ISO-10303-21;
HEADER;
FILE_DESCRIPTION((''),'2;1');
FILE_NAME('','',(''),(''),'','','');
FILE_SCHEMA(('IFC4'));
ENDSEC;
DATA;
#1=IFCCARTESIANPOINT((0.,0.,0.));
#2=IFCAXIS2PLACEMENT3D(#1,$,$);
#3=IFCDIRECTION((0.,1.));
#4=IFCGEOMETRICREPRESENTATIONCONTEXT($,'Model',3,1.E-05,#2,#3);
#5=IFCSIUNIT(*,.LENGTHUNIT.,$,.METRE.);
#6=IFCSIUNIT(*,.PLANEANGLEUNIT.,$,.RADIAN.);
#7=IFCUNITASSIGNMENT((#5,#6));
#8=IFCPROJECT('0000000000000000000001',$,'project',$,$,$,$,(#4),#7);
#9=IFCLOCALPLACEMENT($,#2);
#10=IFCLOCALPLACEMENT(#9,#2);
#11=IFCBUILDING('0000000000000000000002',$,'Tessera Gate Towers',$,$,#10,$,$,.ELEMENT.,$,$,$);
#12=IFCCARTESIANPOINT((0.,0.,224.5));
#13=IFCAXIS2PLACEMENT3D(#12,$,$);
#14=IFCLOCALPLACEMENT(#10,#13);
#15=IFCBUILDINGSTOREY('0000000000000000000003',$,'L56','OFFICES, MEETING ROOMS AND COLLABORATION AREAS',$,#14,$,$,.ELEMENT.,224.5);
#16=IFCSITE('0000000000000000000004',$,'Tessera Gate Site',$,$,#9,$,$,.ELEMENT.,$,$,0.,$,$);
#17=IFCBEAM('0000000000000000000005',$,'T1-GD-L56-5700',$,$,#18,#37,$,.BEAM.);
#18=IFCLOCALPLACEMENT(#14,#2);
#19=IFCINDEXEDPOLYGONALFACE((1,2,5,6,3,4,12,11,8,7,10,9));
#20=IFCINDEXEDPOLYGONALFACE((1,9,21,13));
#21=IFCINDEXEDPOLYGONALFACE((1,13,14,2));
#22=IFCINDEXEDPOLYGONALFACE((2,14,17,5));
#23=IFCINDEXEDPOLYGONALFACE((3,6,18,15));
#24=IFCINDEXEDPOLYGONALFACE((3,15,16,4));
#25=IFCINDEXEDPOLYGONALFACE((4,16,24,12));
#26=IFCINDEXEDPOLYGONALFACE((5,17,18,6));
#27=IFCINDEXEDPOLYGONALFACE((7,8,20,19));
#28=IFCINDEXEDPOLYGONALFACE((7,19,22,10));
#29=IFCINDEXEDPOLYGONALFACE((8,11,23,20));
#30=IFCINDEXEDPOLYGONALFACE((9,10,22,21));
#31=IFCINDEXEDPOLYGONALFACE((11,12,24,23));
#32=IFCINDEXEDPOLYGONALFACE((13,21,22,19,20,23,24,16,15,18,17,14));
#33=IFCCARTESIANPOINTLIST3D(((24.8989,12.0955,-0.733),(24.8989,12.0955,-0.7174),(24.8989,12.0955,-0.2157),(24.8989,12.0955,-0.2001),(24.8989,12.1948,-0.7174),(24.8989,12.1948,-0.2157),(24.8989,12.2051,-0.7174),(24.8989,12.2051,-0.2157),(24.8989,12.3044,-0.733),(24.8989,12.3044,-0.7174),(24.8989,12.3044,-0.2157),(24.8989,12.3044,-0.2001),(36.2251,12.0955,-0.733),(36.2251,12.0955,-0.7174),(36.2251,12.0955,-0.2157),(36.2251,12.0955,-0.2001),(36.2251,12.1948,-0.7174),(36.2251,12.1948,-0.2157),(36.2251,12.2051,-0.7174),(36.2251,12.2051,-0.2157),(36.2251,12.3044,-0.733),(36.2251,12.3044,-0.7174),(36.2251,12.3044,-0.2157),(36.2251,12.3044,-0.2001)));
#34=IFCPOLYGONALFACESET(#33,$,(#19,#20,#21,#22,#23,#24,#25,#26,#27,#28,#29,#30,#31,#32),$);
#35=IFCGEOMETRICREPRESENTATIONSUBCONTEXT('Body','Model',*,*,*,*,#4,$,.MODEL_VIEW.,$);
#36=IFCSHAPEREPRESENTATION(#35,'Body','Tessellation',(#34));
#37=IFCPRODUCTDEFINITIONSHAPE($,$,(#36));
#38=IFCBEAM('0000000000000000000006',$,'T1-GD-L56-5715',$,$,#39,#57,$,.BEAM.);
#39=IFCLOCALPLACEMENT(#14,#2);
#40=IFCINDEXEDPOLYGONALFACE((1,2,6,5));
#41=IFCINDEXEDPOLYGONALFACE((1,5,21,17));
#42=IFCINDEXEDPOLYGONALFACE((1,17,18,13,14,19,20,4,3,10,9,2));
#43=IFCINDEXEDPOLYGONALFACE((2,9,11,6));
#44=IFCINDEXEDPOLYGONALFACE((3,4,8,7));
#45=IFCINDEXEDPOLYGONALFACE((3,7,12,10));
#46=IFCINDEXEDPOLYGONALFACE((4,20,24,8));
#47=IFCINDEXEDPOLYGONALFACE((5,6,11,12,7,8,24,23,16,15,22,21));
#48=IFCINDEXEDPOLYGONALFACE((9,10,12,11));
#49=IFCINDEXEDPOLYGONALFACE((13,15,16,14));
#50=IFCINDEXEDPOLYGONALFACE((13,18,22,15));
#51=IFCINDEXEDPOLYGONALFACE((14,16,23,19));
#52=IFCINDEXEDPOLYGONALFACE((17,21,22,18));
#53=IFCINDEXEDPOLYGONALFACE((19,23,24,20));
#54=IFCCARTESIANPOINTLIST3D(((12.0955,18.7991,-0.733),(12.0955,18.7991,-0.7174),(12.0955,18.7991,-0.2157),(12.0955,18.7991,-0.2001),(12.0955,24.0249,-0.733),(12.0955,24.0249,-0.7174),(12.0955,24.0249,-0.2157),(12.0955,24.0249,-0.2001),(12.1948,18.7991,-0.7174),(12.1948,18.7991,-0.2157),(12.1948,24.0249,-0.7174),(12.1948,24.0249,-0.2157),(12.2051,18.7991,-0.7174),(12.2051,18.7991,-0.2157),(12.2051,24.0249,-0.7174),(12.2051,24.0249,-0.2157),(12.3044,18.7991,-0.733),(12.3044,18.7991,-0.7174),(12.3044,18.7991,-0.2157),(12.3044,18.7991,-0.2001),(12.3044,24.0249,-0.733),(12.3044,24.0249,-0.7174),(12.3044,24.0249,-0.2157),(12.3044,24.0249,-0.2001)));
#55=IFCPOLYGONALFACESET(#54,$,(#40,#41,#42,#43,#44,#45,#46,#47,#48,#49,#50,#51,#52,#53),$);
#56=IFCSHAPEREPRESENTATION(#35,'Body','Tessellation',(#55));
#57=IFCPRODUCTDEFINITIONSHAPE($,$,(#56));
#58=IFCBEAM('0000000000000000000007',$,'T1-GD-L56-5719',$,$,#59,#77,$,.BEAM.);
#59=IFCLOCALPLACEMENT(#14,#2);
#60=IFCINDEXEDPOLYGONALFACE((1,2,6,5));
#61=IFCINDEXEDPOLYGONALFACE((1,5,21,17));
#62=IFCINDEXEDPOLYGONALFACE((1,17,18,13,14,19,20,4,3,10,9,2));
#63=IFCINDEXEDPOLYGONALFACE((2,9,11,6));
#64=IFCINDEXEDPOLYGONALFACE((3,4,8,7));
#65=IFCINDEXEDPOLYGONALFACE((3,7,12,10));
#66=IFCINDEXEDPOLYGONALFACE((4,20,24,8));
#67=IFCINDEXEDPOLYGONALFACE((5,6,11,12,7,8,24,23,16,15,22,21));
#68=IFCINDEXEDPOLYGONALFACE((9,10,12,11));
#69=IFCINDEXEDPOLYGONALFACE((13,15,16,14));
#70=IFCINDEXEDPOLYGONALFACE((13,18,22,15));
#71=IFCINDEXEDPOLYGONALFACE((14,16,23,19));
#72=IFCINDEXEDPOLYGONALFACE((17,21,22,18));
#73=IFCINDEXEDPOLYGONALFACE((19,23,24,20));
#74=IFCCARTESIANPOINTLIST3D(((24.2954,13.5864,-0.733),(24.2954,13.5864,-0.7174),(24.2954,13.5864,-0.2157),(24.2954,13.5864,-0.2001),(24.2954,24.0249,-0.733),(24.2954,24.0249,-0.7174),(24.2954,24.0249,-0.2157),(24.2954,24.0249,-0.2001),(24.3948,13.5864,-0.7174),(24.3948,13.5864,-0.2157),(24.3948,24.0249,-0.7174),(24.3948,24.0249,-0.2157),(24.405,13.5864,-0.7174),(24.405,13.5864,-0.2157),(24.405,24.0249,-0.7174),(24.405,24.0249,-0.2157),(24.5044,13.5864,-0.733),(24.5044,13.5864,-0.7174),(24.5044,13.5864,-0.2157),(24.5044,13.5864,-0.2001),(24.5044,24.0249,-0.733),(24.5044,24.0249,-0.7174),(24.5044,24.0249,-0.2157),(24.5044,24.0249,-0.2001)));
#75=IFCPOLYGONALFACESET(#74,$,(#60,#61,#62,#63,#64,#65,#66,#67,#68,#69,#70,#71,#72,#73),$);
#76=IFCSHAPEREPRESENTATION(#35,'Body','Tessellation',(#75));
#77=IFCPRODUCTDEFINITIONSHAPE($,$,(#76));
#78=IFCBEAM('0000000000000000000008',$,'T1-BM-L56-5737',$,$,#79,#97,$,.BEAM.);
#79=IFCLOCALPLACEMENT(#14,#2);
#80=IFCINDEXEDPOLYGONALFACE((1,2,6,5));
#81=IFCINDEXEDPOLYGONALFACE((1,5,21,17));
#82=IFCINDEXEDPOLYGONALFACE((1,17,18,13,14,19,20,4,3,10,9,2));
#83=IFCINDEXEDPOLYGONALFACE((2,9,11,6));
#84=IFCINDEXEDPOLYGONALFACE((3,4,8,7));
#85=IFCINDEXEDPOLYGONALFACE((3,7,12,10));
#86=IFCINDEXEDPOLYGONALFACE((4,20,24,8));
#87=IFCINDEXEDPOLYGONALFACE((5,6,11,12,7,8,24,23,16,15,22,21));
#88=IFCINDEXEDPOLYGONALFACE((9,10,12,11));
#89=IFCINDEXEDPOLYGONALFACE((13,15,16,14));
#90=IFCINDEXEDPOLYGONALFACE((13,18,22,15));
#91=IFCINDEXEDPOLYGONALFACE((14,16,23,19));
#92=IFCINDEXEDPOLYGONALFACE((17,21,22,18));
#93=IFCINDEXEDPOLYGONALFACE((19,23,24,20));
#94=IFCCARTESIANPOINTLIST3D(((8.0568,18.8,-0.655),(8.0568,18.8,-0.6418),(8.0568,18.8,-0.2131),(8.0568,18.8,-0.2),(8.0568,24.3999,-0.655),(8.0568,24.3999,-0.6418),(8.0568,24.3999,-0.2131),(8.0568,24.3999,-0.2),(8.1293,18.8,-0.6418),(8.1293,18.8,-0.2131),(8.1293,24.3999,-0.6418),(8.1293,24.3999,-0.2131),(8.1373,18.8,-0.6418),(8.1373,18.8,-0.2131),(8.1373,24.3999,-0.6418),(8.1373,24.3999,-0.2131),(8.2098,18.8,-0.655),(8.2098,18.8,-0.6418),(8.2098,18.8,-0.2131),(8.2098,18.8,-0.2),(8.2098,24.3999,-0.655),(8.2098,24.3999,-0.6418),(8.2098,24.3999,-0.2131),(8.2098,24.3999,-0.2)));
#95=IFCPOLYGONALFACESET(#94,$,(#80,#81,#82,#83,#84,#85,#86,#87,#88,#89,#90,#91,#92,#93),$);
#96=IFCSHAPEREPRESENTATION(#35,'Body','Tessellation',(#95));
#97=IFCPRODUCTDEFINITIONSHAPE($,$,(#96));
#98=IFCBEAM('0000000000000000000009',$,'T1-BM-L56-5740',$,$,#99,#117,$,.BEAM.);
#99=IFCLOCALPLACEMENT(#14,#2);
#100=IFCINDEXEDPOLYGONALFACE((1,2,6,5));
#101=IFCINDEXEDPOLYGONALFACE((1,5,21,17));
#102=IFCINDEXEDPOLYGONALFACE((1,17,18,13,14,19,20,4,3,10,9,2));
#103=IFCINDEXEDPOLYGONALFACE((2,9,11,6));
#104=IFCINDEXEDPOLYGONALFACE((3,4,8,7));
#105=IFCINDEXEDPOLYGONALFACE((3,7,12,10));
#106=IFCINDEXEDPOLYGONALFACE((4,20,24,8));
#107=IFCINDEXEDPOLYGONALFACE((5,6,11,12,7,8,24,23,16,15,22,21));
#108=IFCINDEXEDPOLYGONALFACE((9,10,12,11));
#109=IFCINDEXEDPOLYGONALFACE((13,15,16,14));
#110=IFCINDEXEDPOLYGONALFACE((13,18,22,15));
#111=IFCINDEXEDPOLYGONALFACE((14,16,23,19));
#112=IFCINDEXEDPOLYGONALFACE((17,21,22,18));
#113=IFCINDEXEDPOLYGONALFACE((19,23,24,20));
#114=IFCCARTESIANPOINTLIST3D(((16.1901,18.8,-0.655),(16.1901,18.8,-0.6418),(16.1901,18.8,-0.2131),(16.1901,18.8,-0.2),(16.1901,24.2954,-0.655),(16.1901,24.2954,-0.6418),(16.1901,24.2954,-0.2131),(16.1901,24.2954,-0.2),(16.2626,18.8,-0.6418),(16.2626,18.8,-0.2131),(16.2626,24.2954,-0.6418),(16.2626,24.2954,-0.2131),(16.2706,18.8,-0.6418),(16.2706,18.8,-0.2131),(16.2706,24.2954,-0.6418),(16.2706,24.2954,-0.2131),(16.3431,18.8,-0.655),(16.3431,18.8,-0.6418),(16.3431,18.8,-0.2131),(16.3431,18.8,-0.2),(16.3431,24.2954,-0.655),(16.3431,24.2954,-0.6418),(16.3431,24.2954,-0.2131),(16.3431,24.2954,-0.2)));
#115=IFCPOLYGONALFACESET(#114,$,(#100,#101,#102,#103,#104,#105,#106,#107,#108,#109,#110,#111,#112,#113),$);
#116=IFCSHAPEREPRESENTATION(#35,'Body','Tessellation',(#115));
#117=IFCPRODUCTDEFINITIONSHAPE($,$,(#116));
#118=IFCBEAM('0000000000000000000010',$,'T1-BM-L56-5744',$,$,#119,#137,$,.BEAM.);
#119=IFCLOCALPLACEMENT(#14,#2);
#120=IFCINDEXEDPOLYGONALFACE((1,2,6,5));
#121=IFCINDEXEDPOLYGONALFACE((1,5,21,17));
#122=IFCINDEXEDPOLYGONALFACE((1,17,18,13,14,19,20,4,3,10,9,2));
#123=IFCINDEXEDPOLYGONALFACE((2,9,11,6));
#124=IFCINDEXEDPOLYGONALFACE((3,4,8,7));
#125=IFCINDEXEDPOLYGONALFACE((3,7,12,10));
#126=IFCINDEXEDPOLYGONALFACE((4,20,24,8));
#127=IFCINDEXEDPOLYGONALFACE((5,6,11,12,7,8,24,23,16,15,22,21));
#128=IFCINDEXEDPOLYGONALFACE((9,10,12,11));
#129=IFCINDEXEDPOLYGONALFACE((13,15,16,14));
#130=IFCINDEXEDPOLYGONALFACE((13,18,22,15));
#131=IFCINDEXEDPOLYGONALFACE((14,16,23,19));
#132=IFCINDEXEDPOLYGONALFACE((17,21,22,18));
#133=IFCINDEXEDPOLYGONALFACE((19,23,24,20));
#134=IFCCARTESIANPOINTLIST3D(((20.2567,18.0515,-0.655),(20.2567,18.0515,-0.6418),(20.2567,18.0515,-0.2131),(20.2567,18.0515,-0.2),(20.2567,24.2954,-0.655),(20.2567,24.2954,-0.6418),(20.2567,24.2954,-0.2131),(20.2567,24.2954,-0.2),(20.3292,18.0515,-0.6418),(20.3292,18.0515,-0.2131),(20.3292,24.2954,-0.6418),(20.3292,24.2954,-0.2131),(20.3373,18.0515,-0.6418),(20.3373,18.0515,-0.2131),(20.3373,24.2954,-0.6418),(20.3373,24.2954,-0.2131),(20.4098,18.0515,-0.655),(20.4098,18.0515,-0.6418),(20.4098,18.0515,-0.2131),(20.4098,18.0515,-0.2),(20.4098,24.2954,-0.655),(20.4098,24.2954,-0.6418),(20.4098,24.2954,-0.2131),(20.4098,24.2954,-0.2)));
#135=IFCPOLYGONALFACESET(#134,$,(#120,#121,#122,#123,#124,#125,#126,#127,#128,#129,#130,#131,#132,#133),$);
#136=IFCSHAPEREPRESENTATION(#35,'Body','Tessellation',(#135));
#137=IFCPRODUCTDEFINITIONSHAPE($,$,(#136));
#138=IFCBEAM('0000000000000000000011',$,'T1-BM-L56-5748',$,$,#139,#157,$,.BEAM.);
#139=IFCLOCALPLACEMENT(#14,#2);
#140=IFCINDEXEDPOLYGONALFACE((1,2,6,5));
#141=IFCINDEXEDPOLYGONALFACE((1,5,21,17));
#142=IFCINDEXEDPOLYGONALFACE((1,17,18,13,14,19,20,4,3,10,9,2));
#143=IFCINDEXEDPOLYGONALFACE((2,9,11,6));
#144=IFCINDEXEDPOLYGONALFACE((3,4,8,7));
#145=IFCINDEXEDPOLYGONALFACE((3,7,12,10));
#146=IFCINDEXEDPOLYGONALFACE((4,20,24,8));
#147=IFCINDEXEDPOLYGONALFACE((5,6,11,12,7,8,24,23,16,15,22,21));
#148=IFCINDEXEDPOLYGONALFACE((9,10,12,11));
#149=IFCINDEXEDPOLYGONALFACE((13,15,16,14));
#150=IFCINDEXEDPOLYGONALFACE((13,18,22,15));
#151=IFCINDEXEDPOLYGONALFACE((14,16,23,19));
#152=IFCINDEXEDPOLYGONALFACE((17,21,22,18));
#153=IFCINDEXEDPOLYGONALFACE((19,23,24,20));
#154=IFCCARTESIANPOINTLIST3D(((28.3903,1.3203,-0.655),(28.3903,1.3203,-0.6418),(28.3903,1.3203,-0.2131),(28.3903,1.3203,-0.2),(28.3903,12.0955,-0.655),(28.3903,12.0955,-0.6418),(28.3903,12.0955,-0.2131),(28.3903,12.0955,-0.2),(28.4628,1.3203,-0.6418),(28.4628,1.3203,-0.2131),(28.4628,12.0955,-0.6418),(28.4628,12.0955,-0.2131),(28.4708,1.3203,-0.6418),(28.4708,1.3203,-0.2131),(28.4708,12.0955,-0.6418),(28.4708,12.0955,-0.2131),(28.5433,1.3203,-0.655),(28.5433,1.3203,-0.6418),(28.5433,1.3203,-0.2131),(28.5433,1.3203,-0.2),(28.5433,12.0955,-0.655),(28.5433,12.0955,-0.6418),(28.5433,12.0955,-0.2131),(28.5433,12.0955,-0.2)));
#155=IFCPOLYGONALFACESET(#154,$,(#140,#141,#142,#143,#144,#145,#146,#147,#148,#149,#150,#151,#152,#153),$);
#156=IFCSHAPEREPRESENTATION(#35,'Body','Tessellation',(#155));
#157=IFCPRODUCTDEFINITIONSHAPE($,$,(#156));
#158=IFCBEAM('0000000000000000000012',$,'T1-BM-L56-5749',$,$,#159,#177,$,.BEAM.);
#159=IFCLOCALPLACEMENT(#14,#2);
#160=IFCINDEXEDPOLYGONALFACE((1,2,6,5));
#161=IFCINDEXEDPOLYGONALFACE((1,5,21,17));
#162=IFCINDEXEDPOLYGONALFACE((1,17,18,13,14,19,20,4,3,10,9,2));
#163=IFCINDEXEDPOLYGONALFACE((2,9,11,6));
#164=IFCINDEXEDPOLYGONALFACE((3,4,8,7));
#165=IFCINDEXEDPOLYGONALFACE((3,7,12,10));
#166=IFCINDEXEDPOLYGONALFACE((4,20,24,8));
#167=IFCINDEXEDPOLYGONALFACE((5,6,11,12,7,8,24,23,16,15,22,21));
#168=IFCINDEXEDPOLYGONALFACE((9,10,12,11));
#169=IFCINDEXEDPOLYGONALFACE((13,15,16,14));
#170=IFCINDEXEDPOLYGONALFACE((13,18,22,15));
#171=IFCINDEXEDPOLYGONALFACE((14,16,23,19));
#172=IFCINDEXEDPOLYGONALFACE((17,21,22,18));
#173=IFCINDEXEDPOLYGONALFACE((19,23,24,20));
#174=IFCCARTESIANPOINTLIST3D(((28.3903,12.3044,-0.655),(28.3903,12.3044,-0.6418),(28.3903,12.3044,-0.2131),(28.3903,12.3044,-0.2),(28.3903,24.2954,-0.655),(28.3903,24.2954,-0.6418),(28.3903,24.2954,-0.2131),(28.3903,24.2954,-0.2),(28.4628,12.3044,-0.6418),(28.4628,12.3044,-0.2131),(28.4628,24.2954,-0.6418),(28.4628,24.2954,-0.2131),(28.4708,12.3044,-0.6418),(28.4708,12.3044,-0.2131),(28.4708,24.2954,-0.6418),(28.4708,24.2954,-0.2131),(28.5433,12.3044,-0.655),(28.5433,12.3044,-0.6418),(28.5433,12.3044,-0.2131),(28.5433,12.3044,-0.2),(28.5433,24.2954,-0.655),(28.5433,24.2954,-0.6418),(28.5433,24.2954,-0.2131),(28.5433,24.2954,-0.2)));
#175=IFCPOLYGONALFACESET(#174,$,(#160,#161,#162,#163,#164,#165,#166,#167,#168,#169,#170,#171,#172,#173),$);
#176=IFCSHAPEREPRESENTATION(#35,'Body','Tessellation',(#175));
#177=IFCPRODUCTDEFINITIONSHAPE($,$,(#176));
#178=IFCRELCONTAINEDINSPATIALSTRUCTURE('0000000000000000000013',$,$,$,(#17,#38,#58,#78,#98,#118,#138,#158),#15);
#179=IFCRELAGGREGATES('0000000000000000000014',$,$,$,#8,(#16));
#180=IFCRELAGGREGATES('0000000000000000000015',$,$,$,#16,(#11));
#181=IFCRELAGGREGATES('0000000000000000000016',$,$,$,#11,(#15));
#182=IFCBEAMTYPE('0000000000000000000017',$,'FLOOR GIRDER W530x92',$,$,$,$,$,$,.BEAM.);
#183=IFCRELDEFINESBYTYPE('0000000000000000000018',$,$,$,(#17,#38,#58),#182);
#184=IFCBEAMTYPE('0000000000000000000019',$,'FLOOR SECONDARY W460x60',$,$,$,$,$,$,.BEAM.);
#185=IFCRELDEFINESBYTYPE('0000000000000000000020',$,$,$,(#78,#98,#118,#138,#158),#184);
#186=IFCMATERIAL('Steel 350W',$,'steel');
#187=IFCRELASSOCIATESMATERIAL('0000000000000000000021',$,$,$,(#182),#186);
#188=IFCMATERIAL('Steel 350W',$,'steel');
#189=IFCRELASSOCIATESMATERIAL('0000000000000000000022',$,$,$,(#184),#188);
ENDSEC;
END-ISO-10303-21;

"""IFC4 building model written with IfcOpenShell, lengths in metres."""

from ifc_helpers import new_model, si_unit, direction, frame, origin, origin_2d, place, context, subcontext, project, spatial, i_section, extrude, material, material_profile, profile_set, type_object, element, save


model = new_model("IFC4")

# Units and contexts
model_context = context("Model", 3, precision=1e-05, world=origin(), true_north=direction((0.0, 1.0)))
body_context = subcontext(model_context, "Body", "Model", "MODEL_VIEW")
ifc_project = project(units=[si_unit("LENGTHUNIT", "METRE"), si_unit("PLANEANGLEUNIT", "RADIAN")], contexts=[model_context])

# Site, building, storey
site_placement = place(None, origin())
site = spatial("IfcSite", under=ifc_project, at=site_placement, Name="Tessera Gate Site", CompositionType="ELEMENT", RefElevation=0.0)
building_placement = place(site_placement, origin())
building = spatial("IfcBuilding", under=site, at=building_placement, Name="Tessera Gate Towers", CompositionType="ELEMENT")
storey_placement = place(building_placement, frame((0.0, 0.0, 224.5)))
storey = spatial("IfcBuildingStorey", under=building, at=storey_placement, Name="L56", Description="OFFICES, MEETING ROOMS AND COLLABORATION AREAS", CompositionType="ELEMENT", Elevation=224.5)

# Beams
ifc_material_1 = material(Name="Steel 350W", Category="steel")
ifc_material_profile_1 = material_profile(ifc_material_1, i_section(OverallWidth=0.209, OverallDepth=0.533, WebThickness=0.0103, FlangeThickness=0.0156, at=origin_2d()), Name="W530x92")
ifc_profile_set_1 = profile_set([ifc_material_profile_1], Name="Steel 350W")
beam_type_1 = type_object("IfcBeamType", Name="FLOOR GIRDER W530x92", PredefinedType="BEAM", material=ifc_profile_set_1)
beam_1_placement = place(storey_placement, frame((24.8989, 12.2, -0.4666), z_axis=(1.0, 0.0, 0.0), x_axis=(0.0, 1.0, 0.0)))
element("IfcBeam", 1, at=beam_1_placement, inside=storey, type_object=beam_type_1, Name="T1-GD-L56-5700", PredefinedType="BEAM", context=body_context, shape_type="SweptSolid", body=[
    extrude(i_section(OverallWidth=0.209, OverallDepth=0.533, WebThickness=0.0103, FlangeThickness=0.0156, at=origin_2d()), origin(), (0.0, 0.0, 1.0), 11.3262),
])
beam_2_placement = place(storey_placement, frame((12.2, 18.7991, -0.4666), z_axis=(0.0, 1.0, 0.0), x_axis=(-1.0, 0.0, 0.0)))
element("IfcBeam", 2, at=beam_2_placement, inside=storey, type_object=beam_type_1, Name="T1-GD-L56-5715", PredefinedType="BEAM", context=body_context, shape_type="SweptSolid", body=[
    extrude(i_section(OverallWidth=0.209, OverallDepth=0.533, WebThickness=0.0103, FlangeThickness=0.0156, at=origin_2d()), origin(), (0.0, 0.0, 1.0), 5.2258),
])
beam_3_placement = place(storey_placement, frame((24.3999, 13.5864, -0.4666), z_axis=(0.0, 1.0, 0.0), x_axis=(-1.0, 0.0, 0.0)))
element("IfcBeam", 3, at=beam_3_placement, inside=storey, type_object=beam_type_1, Name="T1-GD-L56-5719", PredefinedType="BEAM", context=body_context, shape_type="SweptSolid", body=[
    extrude(i_section(OverallWidth=0.209, OverallDepth=0.533, WebThickness=0.0103, FlangeThickness=0.0156, at=origin_2d()), origin(), (0.0, 0.0, 1.0), 10.4385),
])
ifc_material_2 = material(Name="Steel 350W", Category="steel")
ifc_material_profile_2 = material_profile(ifc_material_2, i_section(OverallWidth=0.1531, OverallDepth=0.4551, WebThickness=0.0081, FlangeThickness=0.0132, at=origin_2d()), Name="W460x60")
ifc_profile_set_2 = profile_set([ifc_material_profile_2], Name="Steel 350W")
beam_type_2 = type_object("IfcBeamType", Name="FLOOR SECONDARY W460x60", PredefinedType="BEAM", material=ifc_profile_set_2)
beam_4_placement = place(storey_placement, frame((8.1333, 18.8, -0.4275), z_axis=(0.0, 1.0, 0.0), x_axis=(-1.0, 0.0, 0.0)))
element("IfcBeam", 4, at=beam_4_placement, inside=storey, type_object=beam_type_2, Name="T1-BM-L56-5737", PredefinedType="BEAM", context=body_context, shape_type="SweptSolid", body=[
    extrude(i_section(OverallWidth=0.1531, OverallDepth=0.4551, WebThickness=0.0081, FlangeThickness=0.0132, at=origin_2d()), origin(), (0.0, 0.0, 1.0), 5.5999),
])
beam_5_placement = place(storey_placement, frame((16.2666, 18.8, -0.4275), z_axis=(0.0, 1.0, 0.0), x_axis=(-1.0, 0.0, 0.0)))
element("IfcBeam", 5, at=beam_5_placement, inside=storey, type_object=beam_type_2, Name="T1-BM-L56-5740", PredefinedType="BEAM", context=body_context, shape_type="SweptSolid", body=[
    extrude(i_section(OverallWidth=0.1531, OverallDepth=0.4551, WebThickness=0.0081, FlangeThickness=0.0132, at=origin_2d()), origin(), (0.0, 0.0, 1.0), 5.4954),
])
beam_6_placement = place(storey_placement, frame((20.3333, 18.0515, -0.4275), z_axis=(0.0, 1.0, 0.0), x_axis=(-1.0, 0.0, 0.0)))
element("IfcBeam", 6, at=beam_6_placement, inside=storey, type_object=beam_type_2, Name="T1-BM-L56-5744", PredefinedType="BEAM", context=body_context, shape_type="SweptSolid", body=[
    extrude(i_section(OverallWidth=0.1531, OverallDepth=0.4551, WebThickness=0.0081, FlangeThickness=0.0132, at=origin_2d()), origin(), (0.0, 0.0, 1.0), 6.2439),
])
beam_7_placement = place(storey_placement, frame((28.4668, 1.3203, -0.4275), z_axis=(0.0, 1.0, 0.0), x_axis=(-1.0, 0.0, 0.0)))
element("IfcBeam", 7, at=beam_7_placement, inside=storey, type_object=beam_type_2, Name="T1-BM-L56-5748", PredefinedType="BEAM", context=body_context, shape_type="SweptSolid", body=[
    extrude(i_section(OverallWidth=0.1531, OverallDepth=0.4551, WebThickness=0.0081, FlangeThickness=0.0132, at=origin_2d()), origin(), (0.0, 0.0, 1.0), 10.7751),
])
beam_8_placement = place(storey_placement, frame((28.4668, 12.3044, -0.4275), z_axis=(0.0, 1.0, 0.0), x_axis=(-1.0, 0.0, 0.0)))
element("IfcBeam", 8, at=beam_8_placement, inside=storey, type_object=beam_type_2, Name="T1-BM-L56-5749", PredefinedType="BEAM", context=body_context, shape_type="SweptSolid", body=[
    extrude(i_section(OverallWidth=0.1531, OverallDepth=0.4551, WebThickness=0.0081, FlangeThickness=0.0132, at=origin_2d()), origin(), (0.0, 0.0, 1.0), 11.991),
])

save(model, "model.ifc")
